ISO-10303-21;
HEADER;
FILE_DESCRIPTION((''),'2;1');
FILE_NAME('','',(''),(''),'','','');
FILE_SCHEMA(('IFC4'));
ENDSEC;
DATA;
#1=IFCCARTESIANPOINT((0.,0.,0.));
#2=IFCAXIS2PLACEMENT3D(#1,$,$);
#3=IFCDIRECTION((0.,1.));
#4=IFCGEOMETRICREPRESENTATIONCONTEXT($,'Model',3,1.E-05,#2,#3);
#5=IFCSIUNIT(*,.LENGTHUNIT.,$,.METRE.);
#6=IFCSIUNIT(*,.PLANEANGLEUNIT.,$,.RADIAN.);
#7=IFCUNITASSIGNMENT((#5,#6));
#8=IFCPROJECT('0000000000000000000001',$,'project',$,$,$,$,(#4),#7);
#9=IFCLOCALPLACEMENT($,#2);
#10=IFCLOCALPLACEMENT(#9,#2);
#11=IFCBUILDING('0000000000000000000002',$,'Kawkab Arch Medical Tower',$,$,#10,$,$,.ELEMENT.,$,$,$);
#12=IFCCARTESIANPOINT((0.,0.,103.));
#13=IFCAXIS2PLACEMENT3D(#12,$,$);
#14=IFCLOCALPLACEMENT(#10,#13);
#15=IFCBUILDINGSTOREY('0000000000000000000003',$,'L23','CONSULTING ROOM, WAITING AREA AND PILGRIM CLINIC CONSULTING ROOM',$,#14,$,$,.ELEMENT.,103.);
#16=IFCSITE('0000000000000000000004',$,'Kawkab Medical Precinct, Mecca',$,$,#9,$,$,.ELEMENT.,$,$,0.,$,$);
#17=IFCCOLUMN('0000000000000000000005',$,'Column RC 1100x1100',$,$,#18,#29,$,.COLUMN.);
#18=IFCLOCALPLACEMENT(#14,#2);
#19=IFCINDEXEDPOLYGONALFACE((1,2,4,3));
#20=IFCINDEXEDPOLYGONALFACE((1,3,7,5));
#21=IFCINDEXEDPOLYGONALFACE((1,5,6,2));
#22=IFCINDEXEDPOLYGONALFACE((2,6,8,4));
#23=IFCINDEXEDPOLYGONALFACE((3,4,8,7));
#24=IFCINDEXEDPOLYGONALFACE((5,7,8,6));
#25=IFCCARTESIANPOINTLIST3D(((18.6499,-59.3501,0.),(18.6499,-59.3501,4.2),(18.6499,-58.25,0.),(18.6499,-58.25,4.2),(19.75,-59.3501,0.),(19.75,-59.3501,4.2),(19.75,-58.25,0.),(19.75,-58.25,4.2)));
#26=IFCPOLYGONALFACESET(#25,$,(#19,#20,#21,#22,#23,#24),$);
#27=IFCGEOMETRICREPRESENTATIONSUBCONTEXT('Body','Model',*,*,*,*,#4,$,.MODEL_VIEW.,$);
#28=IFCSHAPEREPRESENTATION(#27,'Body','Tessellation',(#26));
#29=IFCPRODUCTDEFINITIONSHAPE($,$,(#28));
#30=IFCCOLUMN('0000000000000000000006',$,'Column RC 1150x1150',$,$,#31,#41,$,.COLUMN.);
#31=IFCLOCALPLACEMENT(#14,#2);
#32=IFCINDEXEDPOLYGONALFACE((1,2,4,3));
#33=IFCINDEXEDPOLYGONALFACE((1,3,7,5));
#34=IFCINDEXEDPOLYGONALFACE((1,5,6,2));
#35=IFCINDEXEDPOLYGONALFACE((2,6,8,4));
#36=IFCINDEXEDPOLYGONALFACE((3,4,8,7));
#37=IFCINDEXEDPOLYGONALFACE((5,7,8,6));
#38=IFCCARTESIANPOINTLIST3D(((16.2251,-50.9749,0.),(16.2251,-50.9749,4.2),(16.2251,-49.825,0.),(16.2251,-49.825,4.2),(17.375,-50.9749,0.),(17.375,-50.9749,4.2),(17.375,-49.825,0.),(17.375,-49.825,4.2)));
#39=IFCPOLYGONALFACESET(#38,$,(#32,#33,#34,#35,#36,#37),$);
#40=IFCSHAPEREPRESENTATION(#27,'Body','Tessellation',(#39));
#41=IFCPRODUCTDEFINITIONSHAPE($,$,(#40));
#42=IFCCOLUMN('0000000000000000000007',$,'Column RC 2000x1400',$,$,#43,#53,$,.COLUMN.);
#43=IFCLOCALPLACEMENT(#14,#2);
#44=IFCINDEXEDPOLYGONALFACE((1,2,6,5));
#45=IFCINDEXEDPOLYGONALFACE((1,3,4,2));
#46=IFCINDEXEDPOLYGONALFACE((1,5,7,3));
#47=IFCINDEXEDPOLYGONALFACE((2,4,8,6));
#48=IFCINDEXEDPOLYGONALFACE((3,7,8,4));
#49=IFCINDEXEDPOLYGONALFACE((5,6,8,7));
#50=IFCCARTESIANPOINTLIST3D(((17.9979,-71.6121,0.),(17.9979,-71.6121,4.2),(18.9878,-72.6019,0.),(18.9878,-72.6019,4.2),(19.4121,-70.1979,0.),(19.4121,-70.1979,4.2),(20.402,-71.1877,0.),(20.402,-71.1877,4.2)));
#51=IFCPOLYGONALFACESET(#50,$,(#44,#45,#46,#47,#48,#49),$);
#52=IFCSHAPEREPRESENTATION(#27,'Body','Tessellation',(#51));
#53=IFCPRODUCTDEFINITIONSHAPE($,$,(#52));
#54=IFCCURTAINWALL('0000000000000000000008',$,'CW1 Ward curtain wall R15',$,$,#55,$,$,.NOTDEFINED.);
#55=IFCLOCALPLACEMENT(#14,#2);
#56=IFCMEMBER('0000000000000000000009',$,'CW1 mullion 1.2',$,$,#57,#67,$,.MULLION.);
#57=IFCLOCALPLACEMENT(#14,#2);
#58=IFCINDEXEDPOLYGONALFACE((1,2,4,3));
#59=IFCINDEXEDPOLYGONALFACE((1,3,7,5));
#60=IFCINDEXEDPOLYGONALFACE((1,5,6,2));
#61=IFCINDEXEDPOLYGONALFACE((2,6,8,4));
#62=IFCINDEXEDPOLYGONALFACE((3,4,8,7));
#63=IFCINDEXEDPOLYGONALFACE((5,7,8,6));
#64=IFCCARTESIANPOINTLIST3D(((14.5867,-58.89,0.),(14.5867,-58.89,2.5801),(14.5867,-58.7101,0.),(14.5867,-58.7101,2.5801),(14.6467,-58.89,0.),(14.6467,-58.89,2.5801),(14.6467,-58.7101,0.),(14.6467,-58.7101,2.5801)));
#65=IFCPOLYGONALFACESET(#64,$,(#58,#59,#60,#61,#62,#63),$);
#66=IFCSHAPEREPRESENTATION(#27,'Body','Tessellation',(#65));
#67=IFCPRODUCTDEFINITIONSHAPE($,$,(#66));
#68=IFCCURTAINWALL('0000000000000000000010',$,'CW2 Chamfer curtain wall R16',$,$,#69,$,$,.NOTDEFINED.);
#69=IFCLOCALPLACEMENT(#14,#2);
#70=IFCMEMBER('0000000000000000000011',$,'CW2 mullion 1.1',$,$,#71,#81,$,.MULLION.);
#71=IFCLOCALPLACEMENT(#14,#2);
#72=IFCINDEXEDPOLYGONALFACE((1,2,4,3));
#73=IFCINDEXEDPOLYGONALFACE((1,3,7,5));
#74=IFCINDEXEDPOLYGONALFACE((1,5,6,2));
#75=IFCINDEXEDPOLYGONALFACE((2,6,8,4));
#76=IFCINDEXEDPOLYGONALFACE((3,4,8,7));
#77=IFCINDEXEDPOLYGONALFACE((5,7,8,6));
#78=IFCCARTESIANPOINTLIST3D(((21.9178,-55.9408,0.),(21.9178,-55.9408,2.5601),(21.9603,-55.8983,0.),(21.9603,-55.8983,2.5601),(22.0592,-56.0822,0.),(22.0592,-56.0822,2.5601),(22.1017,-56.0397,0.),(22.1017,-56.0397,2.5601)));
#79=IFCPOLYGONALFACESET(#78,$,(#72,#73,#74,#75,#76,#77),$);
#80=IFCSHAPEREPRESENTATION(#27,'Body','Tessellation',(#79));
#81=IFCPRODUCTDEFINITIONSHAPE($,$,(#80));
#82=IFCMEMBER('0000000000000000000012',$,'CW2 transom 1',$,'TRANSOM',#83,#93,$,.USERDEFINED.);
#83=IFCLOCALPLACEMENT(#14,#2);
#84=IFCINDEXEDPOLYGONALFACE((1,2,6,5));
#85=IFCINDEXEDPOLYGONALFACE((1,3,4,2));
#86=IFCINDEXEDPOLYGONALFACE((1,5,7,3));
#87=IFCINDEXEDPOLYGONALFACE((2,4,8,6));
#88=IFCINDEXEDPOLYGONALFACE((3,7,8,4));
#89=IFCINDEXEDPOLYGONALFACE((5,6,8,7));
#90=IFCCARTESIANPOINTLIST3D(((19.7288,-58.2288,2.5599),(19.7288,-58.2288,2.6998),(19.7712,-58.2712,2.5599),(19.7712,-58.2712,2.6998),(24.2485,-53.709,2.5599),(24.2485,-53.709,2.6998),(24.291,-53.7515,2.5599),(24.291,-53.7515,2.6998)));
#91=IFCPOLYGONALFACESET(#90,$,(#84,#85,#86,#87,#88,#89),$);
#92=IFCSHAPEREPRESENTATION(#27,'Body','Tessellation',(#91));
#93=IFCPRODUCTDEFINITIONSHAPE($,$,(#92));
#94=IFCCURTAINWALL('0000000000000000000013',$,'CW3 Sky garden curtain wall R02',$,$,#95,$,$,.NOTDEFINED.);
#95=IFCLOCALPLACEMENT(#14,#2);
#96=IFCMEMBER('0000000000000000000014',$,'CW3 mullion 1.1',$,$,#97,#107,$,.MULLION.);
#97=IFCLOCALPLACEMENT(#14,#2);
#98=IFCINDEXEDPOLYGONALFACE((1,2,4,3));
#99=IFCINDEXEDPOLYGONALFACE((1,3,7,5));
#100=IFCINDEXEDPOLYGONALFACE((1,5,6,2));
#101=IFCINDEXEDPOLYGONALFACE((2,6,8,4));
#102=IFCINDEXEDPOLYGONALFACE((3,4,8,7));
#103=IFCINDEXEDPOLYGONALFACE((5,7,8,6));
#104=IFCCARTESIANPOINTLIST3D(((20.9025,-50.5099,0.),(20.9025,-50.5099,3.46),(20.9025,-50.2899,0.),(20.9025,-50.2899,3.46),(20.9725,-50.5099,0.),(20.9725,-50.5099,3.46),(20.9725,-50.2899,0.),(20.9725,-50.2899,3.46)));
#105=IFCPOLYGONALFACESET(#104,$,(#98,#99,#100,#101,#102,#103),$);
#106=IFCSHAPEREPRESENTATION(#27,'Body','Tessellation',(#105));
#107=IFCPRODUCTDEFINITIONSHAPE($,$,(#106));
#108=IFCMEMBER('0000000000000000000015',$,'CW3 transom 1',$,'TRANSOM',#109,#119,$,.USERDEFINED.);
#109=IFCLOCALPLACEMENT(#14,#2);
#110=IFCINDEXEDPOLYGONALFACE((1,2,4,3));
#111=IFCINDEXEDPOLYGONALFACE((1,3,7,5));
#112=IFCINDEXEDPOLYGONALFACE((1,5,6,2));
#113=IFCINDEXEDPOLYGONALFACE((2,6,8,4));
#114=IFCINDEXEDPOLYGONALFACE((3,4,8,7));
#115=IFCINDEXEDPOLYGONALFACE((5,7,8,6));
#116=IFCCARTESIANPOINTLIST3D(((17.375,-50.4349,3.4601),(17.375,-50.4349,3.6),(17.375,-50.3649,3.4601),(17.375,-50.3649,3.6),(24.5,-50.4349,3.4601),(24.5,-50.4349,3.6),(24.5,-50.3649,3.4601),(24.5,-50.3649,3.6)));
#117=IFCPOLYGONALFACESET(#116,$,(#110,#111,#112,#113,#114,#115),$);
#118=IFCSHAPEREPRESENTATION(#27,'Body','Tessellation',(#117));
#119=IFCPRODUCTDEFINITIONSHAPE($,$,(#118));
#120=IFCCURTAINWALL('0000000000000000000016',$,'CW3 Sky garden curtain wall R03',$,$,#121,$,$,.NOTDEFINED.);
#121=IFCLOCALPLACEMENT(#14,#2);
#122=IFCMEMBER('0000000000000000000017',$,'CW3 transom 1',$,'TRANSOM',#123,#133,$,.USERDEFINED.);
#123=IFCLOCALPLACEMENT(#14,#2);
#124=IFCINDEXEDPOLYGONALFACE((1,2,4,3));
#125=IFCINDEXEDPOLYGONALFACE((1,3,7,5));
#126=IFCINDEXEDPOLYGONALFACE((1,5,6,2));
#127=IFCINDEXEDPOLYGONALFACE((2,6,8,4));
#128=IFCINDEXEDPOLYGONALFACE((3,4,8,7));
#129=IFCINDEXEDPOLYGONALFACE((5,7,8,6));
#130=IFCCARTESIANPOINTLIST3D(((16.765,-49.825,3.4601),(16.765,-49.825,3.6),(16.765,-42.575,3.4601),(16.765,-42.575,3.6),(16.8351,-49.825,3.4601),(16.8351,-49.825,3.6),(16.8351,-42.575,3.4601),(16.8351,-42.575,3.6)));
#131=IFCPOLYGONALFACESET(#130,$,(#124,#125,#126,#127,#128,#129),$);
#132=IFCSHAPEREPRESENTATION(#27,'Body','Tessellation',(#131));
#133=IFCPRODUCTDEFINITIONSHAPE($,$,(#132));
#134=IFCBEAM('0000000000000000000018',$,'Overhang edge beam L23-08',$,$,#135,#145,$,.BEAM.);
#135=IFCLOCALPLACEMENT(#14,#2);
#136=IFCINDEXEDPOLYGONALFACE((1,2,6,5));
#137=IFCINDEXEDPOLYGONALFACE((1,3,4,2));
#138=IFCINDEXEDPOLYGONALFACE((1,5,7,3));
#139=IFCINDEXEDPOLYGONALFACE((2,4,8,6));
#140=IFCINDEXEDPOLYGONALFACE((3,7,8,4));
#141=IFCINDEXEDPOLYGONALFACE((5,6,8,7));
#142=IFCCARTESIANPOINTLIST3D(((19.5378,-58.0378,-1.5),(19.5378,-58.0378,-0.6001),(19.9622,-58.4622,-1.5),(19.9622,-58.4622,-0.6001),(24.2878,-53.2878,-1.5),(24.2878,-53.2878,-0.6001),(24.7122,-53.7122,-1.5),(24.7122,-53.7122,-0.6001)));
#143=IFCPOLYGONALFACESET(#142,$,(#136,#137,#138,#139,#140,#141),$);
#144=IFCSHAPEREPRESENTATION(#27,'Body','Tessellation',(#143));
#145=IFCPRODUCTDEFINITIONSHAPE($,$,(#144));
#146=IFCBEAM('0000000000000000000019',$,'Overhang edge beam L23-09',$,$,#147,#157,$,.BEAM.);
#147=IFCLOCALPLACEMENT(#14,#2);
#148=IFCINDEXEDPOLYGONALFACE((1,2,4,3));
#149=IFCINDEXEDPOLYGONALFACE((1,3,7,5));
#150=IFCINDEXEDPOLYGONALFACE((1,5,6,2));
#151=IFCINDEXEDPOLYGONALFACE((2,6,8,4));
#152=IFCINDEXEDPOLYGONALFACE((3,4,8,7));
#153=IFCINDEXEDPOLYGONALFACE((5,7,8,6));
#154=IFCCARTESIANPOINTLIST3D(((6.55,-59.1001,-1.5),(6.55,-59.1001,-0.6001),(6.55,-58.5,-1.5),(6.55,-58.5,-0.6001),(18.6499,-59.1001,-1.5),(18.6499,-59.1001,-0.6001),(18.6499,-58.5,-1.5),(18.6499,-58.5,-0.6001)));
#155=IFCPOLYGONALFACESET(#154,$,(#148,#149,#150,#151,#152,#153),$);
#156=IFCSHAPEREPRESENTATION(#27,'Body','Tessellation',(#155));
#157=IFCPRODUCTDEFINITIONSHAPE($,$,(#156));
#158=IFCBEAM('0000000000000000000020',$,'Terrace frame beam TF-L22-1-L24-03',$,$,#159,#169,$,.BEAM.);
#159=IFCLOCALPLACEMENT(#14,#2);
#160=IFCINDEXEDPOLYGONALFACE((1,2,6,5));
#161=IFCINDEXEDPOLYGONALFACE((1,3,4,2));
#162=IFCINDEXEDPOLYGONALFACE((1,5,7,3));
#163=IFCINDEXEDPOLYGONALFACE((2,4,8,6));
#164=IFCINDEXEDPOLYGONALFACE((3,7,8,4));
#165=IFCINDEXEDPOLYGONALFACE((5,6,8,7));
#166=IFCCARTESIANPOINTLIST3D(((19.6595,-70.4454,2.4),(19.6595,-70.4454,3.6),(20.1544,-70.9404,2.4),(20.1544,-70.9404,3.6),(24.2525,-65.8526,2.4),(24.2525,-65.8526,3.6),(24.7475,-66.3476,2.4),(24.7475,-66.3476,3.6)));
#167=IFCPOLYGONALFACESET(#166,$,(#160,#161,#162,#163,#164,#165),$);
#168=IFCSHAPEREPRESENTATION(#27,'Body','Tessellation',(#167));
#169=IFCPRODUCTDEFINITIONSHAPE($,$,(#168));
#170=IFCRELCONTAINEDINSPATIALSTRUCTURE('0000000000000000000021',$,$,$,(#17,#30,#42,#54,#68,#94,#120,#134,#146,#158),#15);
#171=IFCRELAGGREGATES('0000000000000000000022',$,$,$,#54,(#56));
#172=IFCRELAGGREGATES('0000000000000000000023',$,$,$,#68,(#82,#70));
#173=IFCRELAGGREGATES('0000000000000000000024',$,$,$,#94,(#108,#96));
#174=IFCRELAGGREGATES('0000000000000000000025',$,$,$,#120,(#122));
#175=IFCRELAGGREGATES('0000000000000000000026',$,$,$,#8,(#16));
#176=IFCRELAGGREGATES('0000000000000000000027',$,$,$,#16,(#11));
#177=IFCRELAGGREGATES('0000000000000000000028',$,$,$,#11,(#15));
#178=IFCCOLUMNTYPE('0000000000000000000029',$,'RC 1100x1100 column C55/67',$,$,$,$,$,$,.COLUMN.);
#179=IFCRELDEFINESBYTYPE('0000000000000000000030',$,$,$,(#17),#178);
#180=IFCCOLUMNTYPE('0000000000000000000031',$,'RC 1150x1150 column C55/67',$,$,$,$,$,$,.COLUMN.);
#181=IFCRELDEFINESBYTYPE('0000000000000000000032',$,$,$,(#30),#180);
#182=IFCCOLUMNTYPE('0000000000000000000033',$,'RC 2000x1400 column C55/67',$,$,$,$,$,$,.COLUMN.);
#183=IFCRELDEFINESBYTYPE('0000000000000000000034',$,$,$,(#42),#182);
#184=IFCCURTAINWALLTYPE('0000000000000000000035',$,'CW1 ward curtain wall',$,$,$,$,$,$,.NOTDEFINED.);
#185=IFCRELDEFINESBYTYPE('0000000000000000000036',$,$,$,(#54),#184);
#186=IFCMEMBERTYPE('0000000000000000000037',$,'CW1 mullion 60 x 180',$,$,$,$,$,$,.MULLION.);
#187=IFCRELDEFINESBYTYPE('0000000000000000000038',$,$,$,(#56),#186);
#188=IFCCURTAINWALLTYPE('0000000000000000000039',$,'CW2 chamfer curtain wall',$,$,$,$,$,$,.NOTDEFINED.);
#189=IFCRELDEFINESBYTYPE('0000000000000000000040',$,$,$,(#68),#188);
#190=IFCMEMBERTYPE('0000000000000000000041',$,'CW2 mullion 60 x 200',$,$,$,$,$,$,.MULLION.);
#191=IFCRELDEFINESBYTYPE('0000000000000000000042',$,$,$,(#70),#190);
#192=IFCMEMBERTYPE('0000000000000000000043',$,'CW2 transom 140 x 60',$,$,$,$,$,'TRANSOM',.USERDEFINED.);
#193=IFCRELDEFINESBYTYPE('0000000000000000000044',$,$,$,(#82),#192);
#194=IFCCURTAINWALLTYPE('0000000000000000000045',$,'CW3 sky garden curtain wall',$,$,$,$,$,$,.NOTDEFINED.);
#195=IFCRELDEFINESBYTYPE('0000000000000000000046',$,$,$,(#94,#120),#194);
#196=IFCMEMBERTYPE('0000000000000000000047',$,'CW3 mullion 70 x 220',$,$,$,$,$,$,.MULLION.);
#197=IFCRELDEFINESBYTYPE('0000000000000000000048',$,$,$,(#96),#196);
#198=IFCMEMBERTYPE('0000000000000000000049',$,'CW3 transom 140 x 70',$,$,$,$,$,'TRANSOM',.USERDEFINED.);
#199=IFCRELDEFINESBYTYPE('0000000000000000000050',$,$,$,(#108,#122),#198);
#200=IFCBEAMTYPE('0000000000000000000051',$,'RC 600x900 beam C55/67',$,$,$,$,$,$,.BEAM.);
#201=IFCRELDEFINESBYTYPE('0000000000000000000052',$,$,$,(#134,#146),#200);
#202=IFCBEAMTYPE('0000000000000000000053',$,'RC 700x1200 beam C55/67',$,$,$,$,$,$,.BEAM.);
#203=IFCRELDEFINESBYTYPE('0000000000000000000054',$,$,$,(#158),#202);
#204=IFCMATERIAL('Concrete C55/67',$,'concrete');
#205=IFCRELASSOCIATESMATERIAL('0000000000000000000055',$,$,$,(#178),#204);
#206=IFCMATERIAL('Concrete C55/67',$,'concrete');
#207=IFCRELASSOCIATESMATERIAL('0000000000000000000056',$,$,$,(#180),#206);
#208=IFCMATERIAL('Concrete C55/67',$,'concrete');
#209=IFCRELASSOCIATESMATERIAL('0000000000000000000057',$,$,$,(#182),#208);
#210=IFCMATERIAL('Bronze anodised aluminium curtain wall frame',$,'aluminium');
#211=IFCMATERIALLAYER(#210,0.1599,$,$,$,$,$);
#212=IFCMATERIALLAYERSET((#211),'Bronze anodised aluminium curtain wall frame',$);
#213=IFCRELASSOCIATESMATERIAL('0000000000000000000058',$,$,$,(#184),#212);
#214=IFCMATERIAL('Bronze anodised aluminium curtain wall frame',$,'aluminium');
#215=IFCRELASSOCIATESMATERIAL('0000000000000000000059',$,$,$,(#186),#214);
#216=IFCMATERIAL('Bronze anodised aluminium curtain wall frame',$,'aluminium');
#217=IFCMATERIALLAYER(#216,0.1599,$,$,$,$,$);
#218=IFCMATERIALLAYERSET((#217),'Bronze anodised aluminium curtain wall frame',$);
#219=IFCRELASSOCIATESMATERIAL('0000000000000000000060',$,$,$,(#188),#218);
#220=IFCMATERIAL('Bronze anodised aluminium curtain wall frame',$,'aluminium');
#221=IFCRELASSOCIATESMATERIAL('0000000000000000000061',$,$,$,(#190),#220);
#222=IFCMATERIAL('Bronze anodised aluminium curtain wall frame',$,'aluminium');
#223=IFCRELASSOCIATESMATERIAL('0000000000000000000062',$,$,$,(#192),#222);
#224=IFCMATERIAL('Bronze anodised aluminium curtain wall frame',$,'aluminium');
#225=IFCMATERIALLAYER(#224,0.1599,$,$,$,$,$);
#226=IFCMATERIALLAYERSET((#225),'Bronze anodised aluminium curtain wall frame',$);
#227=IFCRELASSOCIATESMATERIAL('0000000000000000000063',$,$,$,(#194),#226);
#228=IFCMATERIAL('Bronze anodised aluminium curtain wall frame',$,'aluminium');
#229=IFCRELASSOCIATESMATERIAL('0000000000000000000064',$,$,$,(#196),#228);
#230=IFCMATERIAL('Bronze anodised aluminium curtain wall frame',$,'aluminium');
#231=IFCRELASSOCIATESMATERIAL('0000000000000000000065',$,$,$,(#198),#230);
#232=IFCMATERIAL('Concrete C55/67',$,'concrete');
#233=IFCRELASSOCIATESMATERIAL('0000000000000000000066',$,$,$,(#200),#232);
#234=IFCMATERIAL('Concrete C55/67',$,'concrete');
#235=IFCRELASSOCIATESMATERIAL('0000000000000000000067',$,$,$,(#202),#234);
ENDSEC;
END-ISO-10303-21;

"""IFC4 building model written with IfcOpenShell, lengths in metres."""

from ifc_helpers import new_model, si_unit, direction, frame, origin, origin_2d, place, context, subcontext, project, spatial, rectangle, extrude, material, layer, layer_set, material_profile, profile_set, type_object, element, aggregate, save


model = new_model("IFC4")

# Units and contexts
model_context = context("Model", 3, precision=1e-05, world=origin(), true_north=direction((0.0, 1.0)))
body_context = subcontext(model_context, "Body", "Model", "MODEL_VIEW")
ifc_project = project(units=[si_unit("LENGTHUNIT", "METRE"), si_unit("PLANEANGLEUNIT", "RADIAN")], contexts=[model_context])

# Site, building, storey
site_placement = place(None, origin())
site = spatial("IfcSite", under=ifc_project, at=site_placement, Name="Kawkab Medical Precinct, Mecca", CompositionType="ELEMENT", RefElevation=0.0)
building_placement = place(site_placement, origin())
building = spatial("IfcBuilding", under=site, at=building_placement, Name="Kawkab Arch Medical Tower", CompositionType="ELEMENT")
storey_placement = place(building_placement, frame((0.0, 0.0, 103.0)))
storey = spatial("IfcBuildingStorey", under=building, at=storey_placement, Name="L23", Description="CONSULTING ROOM, WAITING AREA AND PILGRIM CLINIC CONSULTING ROOM", CompositionType="ELEMENT", Elevation=103.0)

# Columns
ifc_material_1 = material(Name="Concrete C55/67", Category="concrete")
ifc_material_profile_1 = material_profile(ifc_material_1, rectangle(XDim=1.1001, YDim=1.1001, at=origin_2d()), Name="RC 1100x1100")
ifc_profile_set_1 = profile_set([ifc_material_profile_1], Name="Concrete C55/67")
column_type_1 = type_object("IfcColumnType", Name="RC 1100x1100 column C55/67", PredefinedType="COLUMN", material=ifc_profile_set_1)
column_1_placement = place(storey_placement, frame((19.2, -58.8, 0.0), z_axis=(0.0, 0.0, 1.0), x_axis=(1.0, 0.0, 0.0)))
element("IfcColumn", 1, at=column_1_placement, inside=storey, type_object=column_type_1, Name="Column RC 1100x1100", PredefinedType="COLUMN", context=body_context, shape_type="SweptSolid", body=[
    extrude(rectangle(XDim=1.1001, YDim=1.1001, at=origin_2d()), origin(), (0.0, 0.0, 1.0), 4.2),
])
ifc_material_2 = material(Name="Concrete C55/67", Category="concrete")
ifc_material_profile_2 = material_profile(ifc_material_2, rectangle(XDim=1.1499, YDim=1.1499, at=origin_2d()), Name="RC 1150x1150")
ifc_profile_set_2 = profile_set([ifc_material_profile_2], Name="Concrete C55/67")
column_type_2 = type_object("IfcColumnType", Name="RC 1150x1150 column C55/67", PredefinedType="COLUMN", material=ifc_profile_set_2)
column_2_placement = place(storey_placement, frame((16.8, -50.3999, 0.0), z_axis=(0.0, 0.0, 1.0), x_axis=(1.0, 0.0, 0.0)))
element("IfcColumn", 2, at=column_2_placement, inside=storey, type_object=column_type_2, Name="Column RC 1150x1150", PredefinedType="COLUMN", context=body_context, shape_type="SweptSolid", body=[
    extrude(rectangle(XDim=1.1499, YDim=1.1499, at=origin_2d()), origin(), (0.0, 0.0, 1.0), 4.2),
])
ifc_material_3 = material(Name="Concrete C55/67", Category="concrete")
ifc_material_profile_3 = material_profile(ifc_material_3, rectangle(XDim=2.0, YDim=1.3999, at=origin_2d()), Name="RC 2000x1400")
ifc_profile_set_3 = profile_set([ifc_material_profile_3], Name="Concrete C55/67")
column_type_3 = type_object("IfcColumnType", Name="RC 2000x1400 column C55/67", PredefinedType="COLUMN", material=ifc_profile_set_3)
column_3_placement = place(storey_placement, frame((19.2, -71.3999, 0.0), z_axis=(0.0, 0.0, 1.0), x_axis=(-0.707107, -0.707107, 0.0)))
element("IfcColumn", 3, at=column_3_placement, inside=storey, type_object=column_type_3, Name="Column RC 2000x1400", PredefinedType="COLUMN", context=body_context, shape_type="SweptSolid", body=[
    extrude(rectangle(XDim=2.0, YDim=1.3999, at=origin_2d()), origin(), (0.0, 0.0, 1.0), 4.2),
])

# Curtain wall, member
ifc_material_4 = material(Name="Bronze anodised aluminium curtain wall frame", Category="aluminium")
ifc_layer_1 = layer(ifc_material_4, 0.1599)
ifc_layer_set_1 = layer_set([ifc_layer_1], Name="Bronze anodised aluminium curtain wall frame")
curtain_wall_type_1 = type_object("IfcCurtainWallType", Name="CW1 ward curtain wall", PredefinedType="NOTDEFINED", material=ifc_layer_set_1)
placement = place(storey_placement, origin())
curtain_wall_1 = element("IfcCurtainWall", 4, at=placement, inside=storey, type_object=curtain_wall_type_1, Name="CW1 Ward curtain wall R15", PredefinedType="NOTDEFINED")
ifc_material_5 = material(Name="Bronze anodised aluminium curtain wall frame", Category="aluminium")
ifc_material_profile_4 = material_profile(ifc_material_5, rectangle(XDim=0.1799, YDim=0.0601, at=origin_2d()), Name="AL 60x180")
ifc_profile_set_4 = profile_set([ifc_material_profile_4], Name="Bronze anodised aluminium curtain wall frame")
member_type_1 = type_object("IfcMemberType", Name="CW1 mullion 60 x 180", PredefinedType="MULLION", material=ifc_profile_set_4)
member_1_placement = place(storey_placement, frame((14.6167, -58.8, 0.0), z_axis=(0.0, 0.0, 1.0), x_axis=(0.0, 1.0, 0.0)))
member_1 = element("IfcMember", 5, at=member_1_placement, type_object=member_type_1, Name="CW1 mullion 1.2", PredefinedType="MULLION", context=body_context, shape_type="SweptSolid", body=[
    extrude(rectangle(XDim=0.1799, YDim=0.0601, at=origin_2d()), origin(), (0.0, 0.0, 1.0), 2.5801),
])

# Curtain walls, members
ifc_material_6 = material(Name="Bronze anodised aluminium curtain wall frame", Category="aluminium")
ifc_layer_2 = layer(ifc_material_6, 0.1599)
ifc_layer_set_2 = layer_set([ifc_layer_2], Name="Bronze anodised aluminium curtain wall frame")
curtain_wall_type_2 = type_object("IfcCurtainWallType", Name="CW2 chamfer curtain wall", PredefinedType="NOTDEFINED", material=ifc_layer_set_2)
curtain_wall_2 = element("IfcCurtainWall", 6, at=placement, inside=storey, type_object=curtain_wall_type_2, Name="CW2 Chamfer curtain wall R16", PredefinedType="NOTDEFINED")
ifc_material_7 = material(Name="Bronze anodised aluminium curtain wall frame", Category="aluminium")
ifc_material_profile_5 = material_profile(ifc_material_7, rectangle(XDim=0.2, YDim=0.0601, at=origin_2d()), Name="AL 60x200")
ifc_profile_set_5 = profile_set([ifc_material_profile_5], Name="Bronze anodised aluminium curtain wall frame")
member_type_2 = type_object("IfcMemberType", Name="CW2 mullion 60 x 200", PredefinedType="MULLION", material=ifc_profile_set_5)
member_2_placement = place(storey_placement, frame((22.0098, -55.9902, 0.0), z_axis=(0.0, 0.0, 1.0), x_axis=(-0.707107, 0.707107, 0.0)))
member_2 = element("IfcMember", 7, at=member_2_placement, type_object=member_type_2, Name="CW2 mullion 1.1", PredefinedType="MULLION", context=body_context, shape_type="SweptSolid", body=[
    extrude(rectangle(XDim=0.2, YDim=0.0601, at=origin_2d()), origin(), (0.0, 0.0, 1.0), 2.5601),
])
ifc_material_8 = material(Name="Bronze anodised aluminium curtain wall frame", Category="aluminium")
ifc_material_profile_6 = material_profile(ifc_material_8, rectangle(XDim=0.0601, YDim=0.1399, at=origin_2d()), Name="AL 60x140")
ifc_profile_set_6 = profile_set([ifc_material_profile_6], Name="Bronze anodised aluminium curtain wall frame")
member_type_3 = type_object("IfcMemberType", Name="CW2 transom 140 x 60", ElementType="TRANSOM", PredefinedType="USERDEFINED", material=ifc_profile_set_6)
member_3_placement = place(storey_placement, frame((19.75, -58.25, 2.6299), z_axis=(0.707107, 0.707107, 0.0), x_axis=(-0.707107, 0.707107, 0.0)))
member_3 = element("IfcMember", 8, at=member_3_placement, type_object=member_type_3, Name="CW2 transom 1", ObjectType="TRANSOM", PredefinedType="USERDEFINED", context=body_context, shape_type="SweptSolid", body=[
    extrude(rectangle(XDim=0.0601, YDim=0.1399, at=origin_2d()), origin(), (0.0, 0.0, 1.0), 6.3918),
])
ifc_material_9 = material(Name="Bronze anodised aluminium curtain wall frame", Category="aluminium")
ifc_layer_3 = layer(ifc_material_9, 0.1599)
ifc_layer_set_3 = layer_set([ifc_layer_3], Name="Bronze anodised aluminium curtain wall frame")
curtain_wall_type_3 = type_object("IfcCurtainWallType", Name="CW3 sky garden curtain wall", PredefinedType="NOTDEFINED", material=ifc_layer_set_3)
curtain_wall_3 = element("IfcCurtainWall", 9, at=placement, inside=storey, type_object=curtain_wall_type_3, Name="CW3 Sky garden curtain wall R02", PredefinedType="NOTDEFINED")
ifc_material_10 = material(Name="Bronze anodised aluminium curtain wall frame", Category="aluminium")
ifc_material_profile_7 = material_profile(ifc_material_10, rectangle(XDim=0.22, YDim=0.0701, at=origin_2d()), Name="AL 70x220")
ifc_profile_set_7 = profile_set([ifc_material_profile_7], Name="Bronze anodised aluminium curtain wall frame")
member_type_4 = type_object("IfcMemberType", Name="CW3 mullion 70 x 220", PredefinedType="MULLION", material=ifc_profile_set_7)
member_4_placement = place(storey_placement, frame((20.9375, -50.3999, 0.0), z_axis=(0.0, 0.0, 1.0), x_axis=(0.0, -1.0, 0.0)))
member_4 = element("IfcMember", 10, at=member_4_placement, type_object=member_type_4, Name="CW3 mullion 1.1", PredefinedType="MULLION", context=body_context, shape_type="SweptSolid", body=[
    extrude(rectangle(XDim=0.22, YDim=0.0701, at=origin_2d()), origin(), (0.0, 0.0, 1.0), 3.46),
])
ifc_material_11 = material(Name="Bronze anodised aluminium curtain wall frame", Category="aluminium")
ifc_material_profile_8 = material_profile(ifc_material_11, rectangle(XDim=0.0701, YDim=0.1399, at=origin_2d()), Name="AL 70x140")
ifc_profile_set_8 = profile_set([ifc_material_profile_8], Name="Bronze anodised aluminium curtain wall frame")
member_type_5 = type_object("IfcMemberType", Name="CW3 transom 140 x 70", ElementType="TRANSOM", PredefinedType="USERDEFINED", material=ifc_profile_set_8)
member_5_placement = place(storey_placement, frame((24.5, -50.3999, 3.53), z_axis=(-1.0, 0.0, 0.0), x_axis=(0.0, -1.0, 0.0)))
member_5 = element("IfcMember", 11, at=member_5_placement, type_object=member_type_5, Name="CW3 transom 1", ObjectType="TRANSOM", PredefinedType="USERDEFINED", context=body_context, shape_type="SweptSolid", body=[
    extrude(rectangle(XDim=0.0701, YDim=0.1399, at=origin_2d()), origin(), (0.0, 0.0, 1.0), 7.125),
])

# Curtain wall, member
curtain_wall_4 = element("IfcCurtainWall", 12, at=placement, inside=storey, type_object=curtain_wall_type_3, Name="CW3 Sky garden curtain wall R03", PredefinedType="NOTDEFINED")
member_6_placement = place(storey_placement, frame((16.8, -49.825, 3.53), z_axis=(0.0, 1.0, 0.0), x_axis=(-1.0, 0.0, 0.0)))
member_6 = element("IfcMember", 13, at=member_6_placement, type_object=member_type_5, Name="CW3 transom 1", ObjectType="TRANSOM", PredefinedType="USERDEFINED", context=body_context, shape_type="SweptSolid", body=[
    extrude(rectangle(XDim=0.0701, YDim=0.1399, at=origin_2d()), origin(), (0.0, 0.0, 1.0), 7.25),
])

# Beams
ifc_material_12 = material(Name="Concrete C55/67", Category="concrete")
ifc_material_profile_9 = material_profile(ifc_material_12, rectangle(XDim=0.6001, YDim=0.8999, at=origin_2d()), Name="RC 600x900")
ifc_profile_set_9 = profile_set([ifc_material_profile_9], Name="Concrete C55/67")
beam_type_1 = type_object("IfcBeamType", Name="RC 600x900 beam C55/67", PredefinedType="BEAM", material=ifc_profile_set_9)
beam_1_placement = place(storey_placement, frame((24.5, -53.5, -1.05), z_axis=(-0.707107, -0.707107, 0.0), x_axis=(0.707107, -0.707107, 0.0)))
element("IfcBeam", 14, at=beam_1_placement, inside=storey, type_object=beam_type_1, Name="Overhang edge beam L23-08", PredefinedType="BEAM", context=body_context, shape_type="SweptSolid", body=[
    extrude(rectangle(XDim=0.6001, YDim=0.8999, at=origin_2d()), origin(), (0.0, 0.0, 1.0), 6.7175),
])
beam_2_placement = place(storey_placement, frame((18.6499, -58.8, -1.05), z_axis=(-1.0, 0.0, 0.0), x_axis=(0.0, -1.0, 0.0)))
element("IfcBeam", 15, at=beam_2_placement, inside=storey, type_object=beam_type_1, Name="Overhang edge beam L23-09", PredefinedType="BEAM", context=body_context, shape_type="SweptSolid", body=[
    extrude(rectangle(XDim=0.6001, YDim=0.8999, at=origin_2d()), origin(), (0.0, 0.0, 1.0), 12.0999),
])
ifc_material_13 = material(Name="Concrete C55/67", Category="concrete")
ifc_material_profile_10 = material_profile(ifc_material_13, rectangle(XDim=0.7, YDim=1.2, at=origin_2d()), Name="RC 700x1200")
ifc_profile_set_10 = profile_set([ifc_material_profile_10], Name="Concrete C55/67")
beam_type_2 = type_object("IfcBeamType", Name="RC 700x1200 beam C55/67", PredefinedType="BEAM", material=ifc_profile_set_10)
beam_3_placement = place(storey_placement, frame((24.5, -66.1001, 3.0), z_axis=(-0.707126, -0.707088, 0.0), x_axis=(0.707088, -0.707126, 0.0)))
element("IfcBeam", 16, at=beam_3_placement, inside=storey, type_object=beam_type_2, Name="Terrace frame beam TF-L22-1-L24-03", PredefinedType="BEAM", context=body_context, shape_type="SweptSolid", body=[
    extrude(rectangle(XDim=0.7, YDim=1.2, at=origin_2d()), origin(), (0.0, 0.0, 1.0), 6.4954),
])

aggregate(curtain_wall_1, [member_1])
aggregate(curtain_wall_2, [member_3, member_2])
aggregate(curtain_wall_3, [member_5, member_4])
aggregate(curtain_wall_4, [member_6])

save(model, "model.ifc")
